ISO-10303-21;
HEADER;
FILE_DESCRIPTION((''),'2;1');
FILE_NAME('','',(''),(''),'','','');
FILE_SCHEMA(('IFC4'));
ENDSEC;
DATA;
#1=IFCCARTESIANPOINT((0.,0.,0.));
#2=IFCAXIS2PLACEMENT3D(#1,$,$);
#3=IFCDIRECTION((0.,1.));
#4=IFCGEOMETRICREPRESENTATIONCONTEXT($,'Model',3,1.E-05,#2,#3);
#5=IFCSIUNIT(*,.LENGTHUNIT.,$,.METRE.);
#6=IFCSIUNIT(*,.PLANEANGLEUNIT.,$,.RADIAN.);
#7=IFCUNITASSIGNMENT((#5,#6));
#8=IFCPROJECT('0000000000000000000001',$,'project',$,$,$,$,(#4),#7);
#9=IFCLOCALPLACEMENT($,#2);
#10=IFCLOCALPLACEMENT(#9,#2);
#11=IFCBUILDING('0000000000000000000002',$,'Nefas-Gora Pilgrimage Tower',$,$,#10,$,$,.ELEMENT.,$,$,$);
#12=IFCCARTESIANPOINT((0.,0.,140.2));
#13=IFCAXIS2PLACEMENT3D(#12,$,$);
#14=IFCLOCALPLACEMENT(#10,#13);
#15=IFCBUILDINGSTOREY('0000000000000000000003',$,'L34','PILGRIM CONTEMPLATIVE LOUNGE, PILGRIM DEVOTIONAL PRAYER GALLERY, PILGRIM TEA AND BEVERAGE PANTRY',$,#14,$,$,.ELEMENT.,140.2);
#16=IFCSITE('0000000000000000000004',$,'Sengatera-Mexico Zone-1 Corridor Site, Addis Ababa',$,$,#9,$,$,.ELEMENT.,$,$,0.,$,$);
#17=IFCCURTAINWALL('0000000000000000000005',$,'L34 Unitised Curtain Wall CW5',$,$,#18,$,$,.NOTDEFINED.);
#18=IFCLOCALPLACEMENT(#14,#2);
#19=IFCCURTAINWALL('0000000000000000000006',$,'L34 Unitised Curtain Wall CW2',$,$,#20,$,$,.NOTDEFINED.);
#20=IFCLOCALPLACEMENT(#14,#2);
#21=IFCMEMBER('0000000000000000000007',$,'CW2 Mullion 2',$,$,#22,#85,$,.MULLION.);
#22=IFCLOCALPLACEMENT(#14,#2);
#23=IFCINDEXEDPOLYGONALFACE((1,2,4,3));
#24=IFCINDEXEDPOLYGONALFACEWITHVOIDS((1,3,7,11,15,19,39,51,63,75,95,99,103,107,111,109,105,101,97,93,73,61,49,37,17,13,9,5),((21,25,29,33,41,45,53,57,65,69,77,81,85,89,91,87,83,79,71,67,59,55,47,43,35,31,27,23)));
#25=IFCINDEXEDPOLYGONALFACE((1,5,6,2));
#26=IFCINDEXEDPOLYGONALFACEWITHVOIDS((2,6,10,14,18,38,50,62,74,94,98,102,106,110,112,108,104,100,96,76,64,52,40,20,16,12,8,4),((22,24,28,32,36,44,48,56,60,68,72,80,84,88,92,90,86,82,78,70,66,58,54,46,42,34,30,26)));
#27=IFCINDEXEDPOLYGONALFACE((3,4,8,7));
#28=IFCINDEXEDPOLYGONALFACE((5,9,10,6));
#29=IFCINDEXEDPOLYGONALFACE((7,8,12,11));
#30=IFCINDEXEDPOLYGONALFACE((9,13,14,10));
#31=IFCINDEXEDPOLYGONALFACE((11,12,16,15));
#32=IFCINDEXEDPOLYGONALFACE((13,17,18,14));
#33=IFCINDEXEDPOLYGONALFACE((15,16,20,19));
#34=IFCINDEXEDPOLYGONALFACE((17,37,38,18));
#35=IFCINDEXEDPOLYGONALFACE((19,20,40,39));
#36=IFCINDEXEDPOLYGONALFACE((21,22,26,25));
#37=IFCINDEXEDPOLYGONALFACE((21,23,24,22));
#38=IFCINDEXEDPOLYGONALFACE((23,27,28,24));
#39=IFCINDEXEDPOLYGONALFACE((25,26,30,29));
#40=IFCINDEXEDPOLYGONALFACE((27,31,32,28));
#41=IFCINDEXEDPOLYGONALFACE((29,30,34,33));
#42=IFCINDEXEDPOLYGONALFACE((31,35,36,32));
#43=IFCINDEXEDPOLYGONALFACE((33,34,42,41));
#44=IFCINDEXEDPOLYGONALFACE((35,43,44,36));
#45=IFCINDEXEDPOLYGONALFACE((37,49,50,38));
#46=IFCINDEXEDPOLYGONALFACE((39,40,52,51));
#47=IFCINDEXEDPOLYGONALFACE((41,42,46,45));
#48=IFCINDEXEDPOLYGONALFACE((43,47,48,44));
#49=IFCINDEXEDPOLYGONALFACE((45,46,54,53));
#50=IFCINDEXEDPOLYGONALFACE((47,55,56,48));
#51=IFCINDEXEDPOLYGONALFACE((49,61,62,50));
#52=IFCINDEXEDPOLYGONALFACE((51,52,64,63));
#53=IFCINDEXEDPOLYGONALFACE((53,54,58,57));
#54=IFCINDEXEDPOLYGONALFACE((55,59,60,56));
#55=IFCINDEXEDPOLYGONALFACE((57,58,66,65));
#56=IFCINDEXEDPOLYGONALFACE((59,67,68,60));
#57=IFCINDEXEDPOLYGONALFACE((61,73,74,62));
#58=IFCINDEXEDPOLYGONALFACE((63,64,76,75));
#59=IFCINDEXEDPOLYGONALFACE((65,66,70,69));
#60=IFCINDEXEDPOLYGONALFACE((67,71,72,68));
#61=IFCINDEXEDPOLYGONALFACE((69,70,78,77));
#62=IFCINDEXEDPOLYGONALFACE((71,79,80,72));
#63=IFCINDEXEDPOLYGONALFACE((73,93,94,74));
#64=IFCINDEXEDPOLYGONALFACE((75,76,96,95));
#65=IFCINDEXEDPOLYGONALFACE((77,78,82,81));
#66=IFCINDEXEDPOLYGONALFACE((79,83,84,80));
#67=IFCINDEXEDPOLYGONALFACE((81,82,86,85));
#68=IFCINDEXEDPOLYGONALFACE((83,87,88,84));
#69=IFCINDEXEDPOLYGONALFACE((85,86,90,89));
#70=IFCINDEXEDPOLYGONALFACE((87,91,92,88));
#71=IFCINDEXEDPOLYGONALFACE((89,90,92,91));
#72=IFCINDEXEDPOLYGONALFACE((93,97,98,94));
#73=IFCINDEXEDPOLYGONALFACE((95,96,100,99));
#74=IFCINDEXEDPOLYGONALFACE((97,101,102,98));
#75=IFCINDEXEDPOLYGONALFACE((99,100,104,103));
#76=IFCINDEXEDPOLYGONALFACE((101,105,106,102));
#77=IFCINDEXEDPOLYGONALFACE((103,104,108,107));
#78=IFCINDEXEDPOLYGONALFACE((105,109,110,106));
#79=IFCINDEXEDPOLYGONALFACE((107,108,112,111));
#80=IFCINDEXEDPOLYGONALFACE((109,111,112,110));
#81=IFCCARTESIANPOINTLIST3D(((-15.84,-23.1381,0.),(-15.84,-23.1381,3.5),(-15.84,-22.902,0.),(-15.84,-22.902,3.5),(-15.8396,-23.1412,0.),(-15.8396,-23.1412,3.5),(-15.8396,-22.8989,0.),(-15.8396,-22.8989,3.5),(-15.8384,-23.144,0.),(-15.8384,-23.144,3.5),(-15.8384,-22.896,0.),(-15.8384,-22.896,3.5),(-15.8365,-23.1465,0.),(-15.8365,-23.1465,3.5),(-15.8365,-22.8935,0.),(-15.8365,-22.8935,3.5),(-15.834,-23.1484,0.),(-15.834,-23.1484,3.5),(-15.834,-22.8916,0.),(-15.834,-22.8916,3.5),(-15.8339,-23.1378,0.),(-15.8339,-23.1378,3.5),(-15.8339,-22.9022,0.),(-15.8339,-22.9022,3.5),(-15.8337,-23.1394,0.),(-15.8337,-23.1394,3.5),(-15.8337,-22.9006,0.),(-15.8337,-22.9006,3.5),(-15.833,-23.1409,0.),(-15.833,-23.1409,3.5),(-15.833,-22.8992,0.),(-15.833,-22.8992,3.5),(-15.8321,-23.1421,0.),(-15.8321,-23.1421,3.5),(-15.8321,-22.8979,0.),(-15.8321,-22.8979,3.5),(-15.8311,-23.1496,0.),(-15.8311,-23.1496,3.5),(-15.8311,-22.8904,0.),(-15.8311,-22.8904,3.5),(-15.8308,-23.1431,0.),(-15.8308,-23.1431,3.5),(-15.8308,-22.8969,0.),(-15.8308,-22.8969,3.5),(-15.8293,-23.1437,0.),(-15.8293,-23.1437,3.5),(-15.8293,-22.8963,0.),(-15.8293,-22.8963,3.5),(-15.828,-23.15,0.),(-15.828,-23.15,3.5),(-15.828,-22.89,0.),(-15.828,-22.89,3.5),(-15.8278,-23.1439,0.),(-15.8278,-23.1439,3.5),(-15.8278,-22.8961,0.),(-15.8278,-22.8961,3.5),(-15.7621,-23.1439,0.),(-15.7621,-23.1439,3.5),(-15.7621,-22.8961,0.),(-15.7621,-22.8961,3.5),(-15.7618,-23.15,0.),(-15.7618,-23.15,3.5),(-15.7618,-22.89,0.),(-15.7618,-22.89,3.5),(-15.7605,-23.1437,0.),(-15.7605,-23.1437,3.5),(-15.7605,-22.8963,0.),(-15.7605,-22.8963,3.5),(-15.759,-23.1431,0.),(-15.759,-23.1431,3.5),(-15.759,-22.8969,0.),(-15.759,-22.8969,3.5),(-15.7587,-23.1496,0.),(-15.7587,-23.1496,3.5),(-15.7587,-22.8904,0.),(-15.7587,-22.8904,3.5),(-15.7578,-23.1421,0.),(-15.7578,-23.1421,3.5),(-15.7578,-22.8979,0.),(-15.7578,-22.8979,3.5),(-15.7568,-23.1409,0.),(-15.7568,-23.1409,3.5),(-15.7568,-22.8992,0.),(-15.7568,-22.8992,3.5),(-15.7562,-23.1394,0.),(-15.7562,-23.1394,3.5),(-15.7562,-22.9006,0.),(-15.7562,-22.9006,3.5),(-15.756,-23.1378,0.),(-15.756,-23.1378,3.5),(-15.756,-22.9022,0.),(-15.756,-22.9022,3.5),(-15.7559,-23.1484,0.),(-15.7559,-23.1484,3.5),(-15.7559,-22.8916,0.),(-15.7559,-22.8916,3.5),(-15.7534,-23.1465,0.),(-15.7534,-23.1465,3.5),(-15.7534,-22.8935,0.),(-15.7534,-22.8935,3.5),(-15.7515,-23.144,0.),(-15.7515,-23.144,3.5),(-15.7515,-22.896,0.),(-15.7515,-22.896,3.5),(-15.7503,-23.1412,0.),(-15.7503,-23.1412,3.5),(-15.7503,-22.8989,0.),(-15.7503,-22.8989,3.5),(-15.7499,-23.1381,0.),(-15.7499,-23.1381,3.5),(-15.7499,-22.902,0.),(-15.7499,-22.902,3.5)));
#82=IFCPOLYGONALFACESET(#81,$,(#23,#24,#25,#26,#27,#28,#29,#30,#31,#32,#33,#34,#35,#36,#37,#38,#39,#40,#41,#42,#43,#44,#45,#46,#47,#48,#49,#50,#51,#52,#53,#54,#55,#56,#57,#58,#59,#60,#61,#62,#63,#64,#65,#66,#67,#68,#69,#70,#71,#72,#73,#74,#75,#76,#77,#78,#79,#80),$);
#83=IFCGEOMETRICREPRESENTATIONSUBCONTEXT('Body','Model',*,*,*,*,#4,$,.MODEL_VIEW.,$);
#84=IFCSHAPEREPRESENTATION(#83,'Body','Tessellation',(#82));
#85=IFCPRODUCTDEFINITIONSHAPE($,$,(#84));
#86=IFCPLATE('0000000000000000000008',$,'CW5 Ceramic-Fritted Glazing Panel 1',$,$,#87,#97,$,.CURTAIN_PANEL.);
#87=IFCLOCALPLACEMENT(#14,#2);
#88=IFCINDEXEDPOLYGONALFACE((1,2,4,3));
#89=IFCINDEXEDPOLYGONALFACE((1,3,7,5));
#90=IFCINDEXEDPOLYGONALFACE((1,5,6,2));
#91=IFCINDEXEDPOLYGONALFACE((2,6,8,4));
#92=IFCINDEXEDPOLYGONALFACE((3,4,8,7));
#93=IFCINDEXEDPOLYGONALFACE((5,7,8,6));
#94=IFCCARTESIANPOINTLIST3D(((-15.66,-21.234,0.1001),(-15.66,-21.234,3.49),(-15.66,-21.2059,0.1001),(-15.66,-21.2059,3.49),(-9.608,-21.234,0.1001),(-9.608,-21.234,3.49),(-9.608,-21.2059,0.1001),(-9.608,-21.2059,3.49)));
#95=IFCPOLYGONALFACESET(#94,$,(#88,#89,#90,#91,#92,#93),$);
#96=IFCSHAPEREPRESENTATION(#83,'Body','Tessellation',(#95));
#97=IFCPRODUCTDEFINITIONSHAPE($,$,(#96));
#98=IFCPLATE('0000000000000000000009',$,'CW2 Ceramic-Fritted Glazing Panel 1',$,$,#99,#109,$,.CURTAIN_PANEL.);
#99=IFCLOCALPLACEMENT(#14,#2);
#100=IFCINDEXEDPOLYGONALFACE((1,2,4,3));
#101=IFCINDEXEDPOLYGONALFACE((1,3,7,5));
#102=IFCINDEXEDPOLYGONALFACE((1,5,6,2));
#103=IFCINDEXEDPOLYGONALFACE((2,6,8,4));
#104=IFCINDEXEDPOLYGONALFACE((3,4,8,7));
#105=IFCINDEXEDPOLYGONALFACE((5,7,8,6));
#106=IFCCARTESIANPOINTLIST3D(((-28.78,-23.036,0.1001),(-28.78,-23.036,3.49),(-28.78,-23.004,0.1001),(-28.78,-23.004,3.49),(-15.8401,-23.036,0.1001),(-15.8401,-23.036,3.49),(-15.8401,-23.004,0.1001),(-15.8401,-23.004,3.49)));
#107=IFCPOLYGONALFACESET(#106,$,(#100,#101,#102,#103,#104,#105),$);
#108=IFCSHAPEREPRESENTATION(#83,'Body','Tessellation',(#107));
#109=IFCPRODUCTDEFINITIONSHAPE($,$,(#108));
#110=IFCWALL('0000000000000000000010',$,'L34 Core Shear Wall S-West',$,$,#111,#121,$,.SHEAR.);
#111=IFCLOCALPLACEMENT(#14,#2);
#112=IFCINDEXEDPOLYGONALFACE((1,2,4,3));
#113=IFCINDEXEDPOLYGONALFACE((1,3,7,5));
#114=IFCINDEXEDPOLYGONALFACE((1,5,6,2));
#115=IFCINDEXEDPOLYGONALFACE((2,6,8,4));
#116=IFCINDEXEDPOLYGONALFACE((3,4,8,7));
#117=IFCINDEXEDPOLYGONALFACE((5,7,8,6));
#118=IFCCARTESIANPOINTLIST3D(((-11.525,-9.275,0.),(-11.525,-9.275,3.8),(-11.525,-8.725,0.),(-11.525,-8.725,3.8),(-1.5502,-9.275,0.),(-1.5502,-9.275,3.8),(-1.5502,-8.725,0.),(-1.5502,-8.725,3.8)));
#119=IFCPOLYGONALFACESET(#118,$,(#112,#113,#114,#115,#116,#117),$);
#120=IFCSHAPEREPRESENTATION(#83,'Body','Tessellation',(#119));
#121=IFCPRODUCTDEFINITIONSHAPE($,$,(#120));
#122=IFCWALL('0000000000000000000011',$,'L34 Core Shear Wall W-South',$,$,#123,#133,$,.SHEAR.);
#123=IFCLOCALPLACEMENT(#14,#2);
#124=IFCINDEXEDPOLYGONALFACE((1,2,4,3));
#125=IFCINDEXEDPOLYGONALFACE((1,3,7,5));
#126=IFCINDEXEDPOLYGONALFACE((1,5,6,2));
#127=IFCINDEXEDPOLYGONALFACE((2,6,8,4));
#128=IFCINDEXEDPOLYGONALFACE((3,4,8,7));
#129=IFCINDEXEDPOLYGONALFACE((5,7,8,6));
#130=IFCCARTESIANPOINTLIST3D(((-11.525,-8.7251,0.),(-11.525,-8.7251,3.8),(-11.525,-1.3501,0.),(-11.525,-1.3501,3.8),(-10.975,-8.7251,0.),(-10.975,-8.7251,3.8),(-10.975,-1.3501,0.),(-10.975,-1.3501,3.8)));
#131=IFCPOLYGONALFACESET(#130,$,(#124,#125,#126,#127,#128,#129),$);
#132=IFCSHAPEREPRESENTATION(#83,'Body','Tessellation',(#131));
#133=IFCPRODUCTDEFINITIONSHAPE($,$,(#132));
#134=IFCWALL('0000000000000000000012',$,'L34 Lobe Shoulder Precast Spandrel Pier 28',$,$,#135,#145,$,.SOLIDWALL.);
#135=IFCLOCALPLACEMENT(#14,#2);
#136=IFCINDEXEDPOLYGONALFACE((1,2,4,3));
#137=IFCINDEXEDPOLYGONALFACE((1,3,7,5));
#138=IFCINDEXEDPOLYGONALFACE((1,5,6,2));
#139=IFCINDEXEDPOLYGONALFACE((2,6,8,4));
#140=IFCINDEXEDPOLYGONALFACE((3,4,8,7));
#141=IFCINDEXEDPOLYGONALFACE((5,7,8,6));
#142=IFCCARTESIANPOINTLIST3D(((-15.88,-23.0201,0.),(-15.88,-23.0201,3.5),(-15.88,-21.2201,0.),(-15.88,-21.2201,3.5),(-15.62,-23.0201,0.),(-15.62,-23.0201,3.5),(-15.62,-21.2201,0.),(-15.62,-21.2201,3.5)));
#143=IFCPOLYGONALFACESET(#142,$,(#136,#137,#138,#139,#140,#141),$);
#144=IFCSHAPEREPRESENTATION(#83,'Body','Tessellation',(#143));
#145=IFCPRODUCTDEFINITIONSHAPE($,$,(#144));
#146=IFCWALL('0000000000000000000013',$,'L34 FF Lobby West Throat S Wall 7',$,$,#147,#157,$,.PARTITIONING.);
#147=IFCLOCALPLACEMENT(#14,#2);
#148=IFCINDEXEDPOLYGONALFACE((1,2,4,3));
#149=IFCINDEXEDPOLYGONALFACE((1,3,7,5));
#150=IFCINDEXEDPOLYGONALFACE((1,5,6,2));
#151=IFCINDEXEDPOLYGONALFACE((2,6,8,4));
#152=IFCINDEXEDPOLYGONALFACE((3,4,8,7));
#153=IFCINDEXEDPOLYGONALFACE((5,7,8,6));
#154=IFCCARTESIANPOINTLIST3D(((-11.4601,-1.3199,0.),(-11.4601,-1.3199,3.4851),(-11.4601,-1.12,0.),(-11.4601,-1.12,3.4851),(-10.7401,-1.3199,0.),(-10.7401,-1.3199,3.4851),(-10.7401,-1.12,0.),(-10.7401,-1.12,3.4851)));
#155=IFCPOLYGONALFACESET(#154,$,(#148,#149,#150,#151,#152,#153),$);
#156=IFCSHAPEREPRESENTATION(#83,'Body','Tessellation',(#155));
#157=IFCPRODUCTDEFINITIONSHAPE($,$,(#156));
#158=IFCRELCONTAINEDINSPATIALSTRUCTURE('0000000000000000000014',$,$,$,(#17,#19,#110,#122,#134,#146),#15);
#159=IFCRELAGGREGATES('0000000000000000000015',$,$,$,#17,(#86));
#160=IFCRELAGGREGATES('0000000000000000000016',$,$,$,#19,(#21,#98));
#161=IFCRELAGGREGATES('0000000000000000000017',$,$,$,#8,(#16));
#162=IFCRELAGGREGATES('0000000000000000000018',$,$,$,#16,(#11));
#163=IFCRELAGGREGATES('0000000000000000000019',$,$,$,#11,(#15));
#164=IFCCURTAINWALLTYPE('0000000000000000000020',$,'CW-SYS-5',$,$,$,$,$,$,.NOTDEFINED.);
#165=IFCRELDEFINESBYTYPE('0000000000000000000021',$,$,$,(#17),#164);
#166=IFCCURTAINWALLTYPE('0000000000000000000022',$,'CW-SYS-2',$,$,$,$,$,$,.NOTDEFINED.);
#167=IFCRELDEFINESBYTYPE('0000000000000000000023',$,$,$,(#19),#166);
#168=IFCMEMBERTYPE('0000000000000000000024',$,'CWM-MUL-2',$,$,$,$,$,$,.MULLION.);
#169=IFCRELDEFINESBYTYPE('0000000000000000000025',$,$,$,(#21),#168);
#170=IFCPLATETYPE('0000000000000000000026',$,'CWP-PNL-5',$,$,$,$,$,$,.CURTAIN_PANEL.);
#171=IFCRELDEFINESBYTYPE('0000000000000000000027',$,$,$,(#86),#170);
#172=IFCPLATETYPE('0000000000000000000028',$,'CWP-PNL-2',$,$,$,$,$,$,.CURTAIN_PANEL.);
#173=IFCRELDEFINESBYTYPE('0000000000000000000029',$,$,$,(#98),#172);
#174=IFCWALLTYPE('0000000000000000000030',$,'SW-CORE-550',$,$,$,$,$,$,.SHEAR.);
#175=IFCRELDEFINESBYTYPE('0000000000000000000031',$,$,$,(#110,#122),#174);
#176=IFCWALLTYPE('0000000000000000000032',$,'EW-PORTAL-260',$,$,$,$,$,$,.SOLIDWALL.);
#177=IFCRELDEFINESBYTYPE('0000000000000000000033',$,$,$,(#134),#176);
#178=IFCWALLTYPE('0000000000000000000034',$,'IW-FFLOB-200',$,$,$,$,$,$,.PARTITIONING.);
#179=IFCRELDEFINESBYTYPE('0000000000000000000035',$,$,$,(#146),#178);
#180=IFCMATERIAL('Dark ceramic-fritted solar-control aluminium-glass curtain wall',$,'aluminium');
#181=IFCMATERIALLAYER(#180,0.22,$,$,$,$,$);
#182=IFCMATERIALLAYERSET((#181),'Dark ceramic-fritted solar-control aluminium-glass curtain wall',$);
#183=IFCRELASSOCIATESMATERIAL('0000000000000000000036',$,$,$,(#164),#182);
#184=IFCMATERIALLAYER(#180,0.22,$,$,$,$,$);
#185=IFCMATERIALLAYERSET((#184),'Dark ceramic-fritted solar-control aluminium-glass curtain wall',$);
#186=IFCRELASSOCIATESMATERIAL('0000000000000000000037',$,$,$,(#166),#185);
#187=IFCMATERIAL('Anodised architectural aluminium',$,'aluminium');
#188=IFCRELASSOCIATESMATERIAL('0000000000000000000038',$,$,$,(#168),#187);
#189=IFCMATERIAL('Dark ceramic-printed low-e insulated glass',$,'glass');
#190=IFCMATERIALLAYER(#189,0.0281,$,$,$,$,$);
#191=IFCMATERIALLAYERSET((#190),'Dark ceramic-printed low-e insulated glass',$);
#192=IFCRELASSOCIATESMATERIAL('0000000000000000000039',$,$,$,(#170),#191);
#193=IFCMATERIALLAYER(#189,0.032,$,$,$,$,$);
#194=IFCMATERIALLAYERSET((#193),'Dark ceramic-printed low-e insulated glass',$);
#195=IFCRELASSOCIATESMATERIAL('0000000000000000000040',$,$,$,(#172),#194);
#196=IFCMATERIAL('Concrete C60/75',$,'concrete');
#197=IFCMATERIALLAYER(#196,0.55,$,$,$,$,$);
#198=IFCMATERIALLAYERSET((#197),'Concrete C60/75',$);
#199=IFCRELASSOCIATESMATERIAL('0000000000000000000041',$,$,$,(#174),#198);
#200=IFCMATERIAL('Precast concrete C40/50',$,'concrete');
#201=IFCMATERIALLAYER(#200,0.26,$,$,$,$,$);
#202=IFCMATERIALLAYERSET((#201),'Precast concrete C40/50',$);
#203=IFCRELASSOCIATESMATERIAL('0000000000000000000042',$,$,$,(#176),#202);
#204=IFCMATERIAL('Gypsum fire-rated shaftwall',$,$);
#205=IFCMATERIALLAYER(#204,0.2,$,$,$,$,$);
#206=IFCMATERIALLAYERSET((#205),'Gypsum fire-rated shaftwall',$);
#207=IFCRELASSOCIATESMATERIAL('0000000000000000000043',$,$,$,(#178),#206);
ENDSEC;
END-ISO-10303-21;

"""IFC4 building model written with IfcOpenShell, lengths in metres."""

from ifc_helpers import new_model, si_unit, direction, frame, frame_2d, origin, origin_2d, place, context, subcontext, project, spatial, rectangle, hollow_rectangle, extrude, source, transform, mapped, material, layer, layer_set, material_profile, profile_set, type_object, element, aggregate, save


model = new_model("IFC4")

# Units and contexts
model_context = context("Model", 3, precision=1e-05, world=origin(), true_north=direction((0.0, 1.0)))
body_context = subcontext(model_context, "Body", "Model", "MODEL_VIEW")
ifc_project = project(units=[si_unit("LENGTHUNIT", "METRE"), si_unit("PLANEANGLEUNIT", "RADIAN")], contexts=[model_context])

# Site, building, storey
site_placement = place(None, origin())
site = spatial("IfcSite", under=ifc_project, at=site_placement, Name="Sengatera-Mexico Zone-1 Corridor Site, Addis Ababa", CompositionType="ELEMENT", RefElevation=0.0)
building_placement = place(site_placement, origin())
building = spatial("IfcBuilding", under=site, at=building_placement, Name="Nefas-Gora Pilgrimage Tower", CompositionType="ELEMENT")
storey_placement = place(building_placement, frame((0.0, 0.0, 140.2)))
storey = spatial("IfcBuildingStorey", under=building, at=storey_placement, Name="L34", Description="PILGRIM CONTEMPLATIVE LOUNGE, PILGRIM DEVOTIONAL PRAYER GALLERY, PILGRIM TEA AND BEVERAGE PANTRY", CompositionType="ELEMENT", Elevation=140.2)

# Curtain wall
ifc_material_1 = material(Name="Dark ceramic-fritted solar-control aluminium-glass curtain wall", Category="aluminium")
ifc_layer_1 = layer(ifc_material_1, 0.22)
ifc_layer_set_1 = layer_set([ifc_layer_1], Name="Dark ceramic-fritted solar-control aluminium-glass curtain wall")
curtain_wall_type_1 = type_object("IfcCurtainWallType", Name="CW-SYS-5", PredefinedType="NOTDEFINED", material=ifc_layer_set_1)
curtain_wall_1_placement = place(storey_placement, origin())
curtain_wall_1 = element("IfcCurtainWall", 1, at=curtain_wall_1_placement, inside=storey, type_object=curtain_wall_type_1, Name="L34 Unitised Curtain Wall CW5", PredefinedType="NOTDEFINED")
ifc_material_2 = material(Name="Anodised architectural aluminium", Category="aluminium")

# Curtain wall, member
ifc_layer_2 = layer(ifc_material_1, 0.22)
ifc_layer_set_2 = layer_set([ifc_layer_2], Name="Dark ceramic-fritted solar-control aluminium-glass curtain wall")
curtain_wall_type_2 = type_object("IfcCurtainWallType", Name="CW-SYS-2", PredefinedType="NOTDEFINED", material=ifc_layer_set_2)
curtain_wall_2_placement = place(storey_placement, origin())
curtain_wall_2 = element("IfcCurtainWall", 2, at=curtain_wall_2_placement, inside=storey, type_object=curtain_wall_type_2, Name="L34 Unitised Curtain Wall CW2", PredefinedType="NOTDEFINED")
ifc_material_profile_1 = material_profile(ifc_material_2, hollow_rectangle(XDim=0.0901, YDim=0.26, WallThickness=0.0061, InnerFilletRadius=0.0061, OuterFilletRadius=0.012, at=origin_2d()), Name="ALU MULLION 90x260")
ifc_profile_set_1 = profile_set([ifc_material_profile_1], Name="Anodised architectural aluminium")
member_type_1 = type_object("IfcMemberType", Name="CWM-MUL-2", PredefinedType="MULLION", material=ifc_profile_set_1)
shared_shape_1 = source(origin(), body_context, "Body", "SweptSolid", [
    extrude(hollow_rectangle(XDim=0.0901, YDim=0.26, WallThickness=0.0061, InnerFilletRadius=0.0061, OuterFilletRadius=0.012, at=origin_2d()), origin(), (0.0, 0.0, 1.0), 3.5),
])
member_1_placement = place(storey_placement, frame((-15.7949, -23.02, 0.0), z_axis=(0.0, 0.0, 1.0), x_axis=(1.0, 0.0, 0.0)))
member_1 = element("IfcMember", 3, at=member_1_placement, type_object=member_type_1, Name="CW2 Mullion 2", PredefinedType="MULLION", context=body_context, shape_type="MappedRepresentation", body=[
    mapped(shared_shape_1, transform((0.0, 0.0, 0.0), x_axis=(1.0, 0.0, 0.0), y_axis=(0.0, 1.0, 0.0), z_axis=(0.0, 0.0, 1.0), scale=1.0)),
])

# Plates
ifc_material_3 = material(Name="Dark ceramic-printed low-e insulated glass", Category="glass")
ifc_layer_3 = layer(ifc_material_3, 0.0281)
ifc_layer_set_3 = layer_set([ifc_layer_3], Name="Dark ceramic-printed low-e insulated glass")
plate_type_1 = type_object("IfcPlateType", Name="CWP-PNL-5", PredefinedType="CURTAIN_PANEL", material=ifc_layer_set_3)
shared_shape_2 = source(origin(), body_context, "Body", "SweptSolid", [
    extrude(rectangle(XDim=6.052, YDim=0.0281, at=origin_2d()), origin(), (0.0, 0.0, 1.0), 3.3899),
])
plate_1_placement = place(storey_placement, frame((-12.634, -21.22, 0.1001), z_axis=(0.0, 0.0, 1.0), x_axis=(1.0, 0.0, 0.0)))
plate_1 = element("IfcPlate", 4, at=plate_1_placement, type_object=plate_type_1, Name="CW5 Ceramic-Fritted Glazing Panel 1", PredefinedType="CURTAIN_PANEL", context=body_context, shape_type="MappedRepresentation", body=[
    mapped(shared_shape_2, transform((0.0, 0.0, 0.0), x_axis=(1.0, 0.0, 0.0), y_axis=(0.0, 1.0, 0.0), z_axis=(0.0, 0.0, 1.0), scale=1.0)),
])
aggregate(curtain_wall_1, [plate_1])
ifc_layer_4 = layer(ifc_material_3, 0.032)
ifc_layer_set_4 = layer_set([ifc_layer_4], Name="Dark ceramic-printed low-e insulated glass")
plate_type_2 = type_object("IfcPlateType", Name="CWP-PNL-2", PredefinedType="CURTAIN_PANEL", material=ifc_layer_set_4)
shared_shape_3 = source(origin(), body_context, "Body", "SweptSolid", [
    extrude(rectangle(XDim=12.9399, YDim=0.032, at=origin_2d()), origin(), (0.0, 0.0, 1.0), 3.3899),
])
plate_2_placement = place(storey_placement, frame((-22.3101, -23.02, 0.1001), z_axis=(0.0, 0.0, 1.0), x_axis=(1.0, 0.0, 0.0)))
plate_2 = element("IfcPlate", 5, at=plate_2_placement, type_object=plate_type_2, Name="CW2 Ceramic-Fritted Glazing Panel 1", PredefinedType="CURTAIN_PANEL", context=body_context, shape_type="MappedRepresentation", body=[
    mapped(shared_shape_3, transform((0.0, 0.0, 0.0), x_axis=(1.0, 0.0, 0.0), y_axis=(0.0, 1.0, 0.0), z_axis=(0.0, 0.0, 1.0), scale=1.0)),
])
aggregate(curtain_wall_2, [member_1, plate_2])

# Walls
ifc_material_4 = material(Name="Concrete C60/75", Category="concrete")
ifc_layer_5 = layer(ifc_material_4, 0.55)
ifc_layer_set_5 = layer_set([ifc_layer_5], Name="Concrete C60/75")
wall_type_1 = type_object("IfcWallType", Name="SW-CORE-550", PredefinedType="SHEAR", material=ifc_layer_set_5)
shared_shape_4 = source(origin(), body_context, "Body", "SweptSolid", [
    extrude(rectangle(XDim=9.9749, YDim=0.55, at=frame_2d((4.9873, 0.0))), origin(), (0.0, 0.0, 1.0), 3.8),
])
wall_1_placement = place(storey_placement, frame((-11.5249, -9.0, 0.0), z_axis=(0.0, 0.0, 1.0), x_axis=(1.0, 0.0, 0.0)))
element("IfcWall", 6, at=wall_1_placement, inside=storey, type_object=wall_type_1, Name="L34 Core Shear Wall S-West", PredefinedType="SHEAR", context=body_context, shape_type="MappedRepresentation", body=[
    mapped(shared_shape_4, transform((0.0, 0.0, 0.0), x_axis=(1.0, 0.0, 0.0), y_axis=(0.0, 1.0, 0.0), z_axis=(0.0, 0.0, 1.0), scale=1.0)),
])
shared_shape_5 = source(origin(), body_context, "Body", "SweptSolid", [
    extrude(rectangle(XDim=7.375, YDim=0.55, at=frame_2d((3.6875, 0.0))), origin(), (0.0, 0.0, 1.0), 3.8),
])
wall_2_placement = place(storey_placement, frame((-11.25, -8.7251, 0.0), z_axis=(0.0, 0.0, 1.0), x_axis=(0.0, 1.0, 0.0)))
element("IfcWall", 7, at=wall_2_placement, inside=storey, type_object=wall_type_1, Name="L34 Core Shear Wall W-South", PredefinedType="SHEAR", context=body_context, shape_type="MappedRepresentation", body=[
    mapped(shared_shape_5, transform((0.0, 0.0, 0.0), x_axis=(1.0, 0.0, 0.0), y_axis=(0.0, 1.0, 0.0), z_axis=(0.0, 0.0, 1.0), scale=1.0)),
])
ifc_material_5 = material(Name="Precast concrete C40/50", Category="concrete")
ifc_layer_6 = layer(ifc_material_5, 0.26)
ifc_layer_set_6 = layer_set([ifc_layer_6], Name="Precast concrete C40/50")
wall_type_2 = type_object("IfcWallType", Name="EW-PORTAL-260", PredefinedType="SOLIDWALL", material=ifc_layer_set_6)
shared_shape_6 = source(origin(), body_context, "Body", "SweptSolid", [
    extrude(rectangle(XDim=1.8, YDim=0.26, at=frame_2d((0.8999, 0.0))), origin(), (0.0, 0.0, 1.0), 3.5),
])
wall_3_placement = place(storey_placement, frame((-15.75, -23.02, 0.0), z_axis=(0.0, 0.0, 1.0), x_axis=(0.0, 1.0, 0.0)))
element("IfcWall", 8, at=wall_3_placement, inside=storey, type_object=wall_type_2, Name="L34 Lobe Shoulder Precast Spandrel Pier 28", PredefinedType="SOLIDWALL", context=body_context, shape_type="MappedRepresentation", body=[
    mapped(shared_shape_6, transform((0.0, 0.0, 0.0), x_axis=(1.0, 0.0, 0.0), y_axis=(0.0, 1.0, 0.0), z_axis=(0.0, 0.0, 1.0), scale=1.0)),
])

# Shared definitions
ifc_material_6 = material(Name="Gypsum fire-rated shaftwall")
ifc_layer_7 = layer(ifc_material_6, 0.2)
ifc_layer_set_7 = layer_set([ifc_layer_7], Name="Gypsum fire-rated shaftwall")
wall_type_3 = type_object("IfcWallType", Name="IW-FFLOB-200", PredefinedType="PARTITIONING", material=ifc_layer_set_7)

# Wall
shared_shape_7 = source(origin(), body_context, "Body", "SweptSolid", [
    extrude(rectangle(XDim=0.72, YDim=0.2, at=frame_2d((0.3599, 0.0))), origin(), (0.0, 0.0, 1.0), 3.4851),
])
wall_4_placement = place(storey_placement, frame((-11.46, -1.22, 0.0), z_axis=(0.0, 0.0, 1.0), x_axis=(1.0, 0.0, 0.0)))
element("IfcWall", 9, at=wall_4_placement, inside=storey, type_object=wall_type_3, Name="L34 FF Lobby West Throat S Wall 7", PredefinedType="PARTITIONING", context=body_context, shape_type="MappedRepresentation", body=[
    mapped(shared_shape_7, transform((0.0, 0.0, 0.0), x_axis=(1.0, 0.0, 0.0), y_axis=(0.0, 1.0, 0.0), z_axis=(0.0, 0.0, 1.0), scale=1.0)),
])

save(model, "model.ifc")
